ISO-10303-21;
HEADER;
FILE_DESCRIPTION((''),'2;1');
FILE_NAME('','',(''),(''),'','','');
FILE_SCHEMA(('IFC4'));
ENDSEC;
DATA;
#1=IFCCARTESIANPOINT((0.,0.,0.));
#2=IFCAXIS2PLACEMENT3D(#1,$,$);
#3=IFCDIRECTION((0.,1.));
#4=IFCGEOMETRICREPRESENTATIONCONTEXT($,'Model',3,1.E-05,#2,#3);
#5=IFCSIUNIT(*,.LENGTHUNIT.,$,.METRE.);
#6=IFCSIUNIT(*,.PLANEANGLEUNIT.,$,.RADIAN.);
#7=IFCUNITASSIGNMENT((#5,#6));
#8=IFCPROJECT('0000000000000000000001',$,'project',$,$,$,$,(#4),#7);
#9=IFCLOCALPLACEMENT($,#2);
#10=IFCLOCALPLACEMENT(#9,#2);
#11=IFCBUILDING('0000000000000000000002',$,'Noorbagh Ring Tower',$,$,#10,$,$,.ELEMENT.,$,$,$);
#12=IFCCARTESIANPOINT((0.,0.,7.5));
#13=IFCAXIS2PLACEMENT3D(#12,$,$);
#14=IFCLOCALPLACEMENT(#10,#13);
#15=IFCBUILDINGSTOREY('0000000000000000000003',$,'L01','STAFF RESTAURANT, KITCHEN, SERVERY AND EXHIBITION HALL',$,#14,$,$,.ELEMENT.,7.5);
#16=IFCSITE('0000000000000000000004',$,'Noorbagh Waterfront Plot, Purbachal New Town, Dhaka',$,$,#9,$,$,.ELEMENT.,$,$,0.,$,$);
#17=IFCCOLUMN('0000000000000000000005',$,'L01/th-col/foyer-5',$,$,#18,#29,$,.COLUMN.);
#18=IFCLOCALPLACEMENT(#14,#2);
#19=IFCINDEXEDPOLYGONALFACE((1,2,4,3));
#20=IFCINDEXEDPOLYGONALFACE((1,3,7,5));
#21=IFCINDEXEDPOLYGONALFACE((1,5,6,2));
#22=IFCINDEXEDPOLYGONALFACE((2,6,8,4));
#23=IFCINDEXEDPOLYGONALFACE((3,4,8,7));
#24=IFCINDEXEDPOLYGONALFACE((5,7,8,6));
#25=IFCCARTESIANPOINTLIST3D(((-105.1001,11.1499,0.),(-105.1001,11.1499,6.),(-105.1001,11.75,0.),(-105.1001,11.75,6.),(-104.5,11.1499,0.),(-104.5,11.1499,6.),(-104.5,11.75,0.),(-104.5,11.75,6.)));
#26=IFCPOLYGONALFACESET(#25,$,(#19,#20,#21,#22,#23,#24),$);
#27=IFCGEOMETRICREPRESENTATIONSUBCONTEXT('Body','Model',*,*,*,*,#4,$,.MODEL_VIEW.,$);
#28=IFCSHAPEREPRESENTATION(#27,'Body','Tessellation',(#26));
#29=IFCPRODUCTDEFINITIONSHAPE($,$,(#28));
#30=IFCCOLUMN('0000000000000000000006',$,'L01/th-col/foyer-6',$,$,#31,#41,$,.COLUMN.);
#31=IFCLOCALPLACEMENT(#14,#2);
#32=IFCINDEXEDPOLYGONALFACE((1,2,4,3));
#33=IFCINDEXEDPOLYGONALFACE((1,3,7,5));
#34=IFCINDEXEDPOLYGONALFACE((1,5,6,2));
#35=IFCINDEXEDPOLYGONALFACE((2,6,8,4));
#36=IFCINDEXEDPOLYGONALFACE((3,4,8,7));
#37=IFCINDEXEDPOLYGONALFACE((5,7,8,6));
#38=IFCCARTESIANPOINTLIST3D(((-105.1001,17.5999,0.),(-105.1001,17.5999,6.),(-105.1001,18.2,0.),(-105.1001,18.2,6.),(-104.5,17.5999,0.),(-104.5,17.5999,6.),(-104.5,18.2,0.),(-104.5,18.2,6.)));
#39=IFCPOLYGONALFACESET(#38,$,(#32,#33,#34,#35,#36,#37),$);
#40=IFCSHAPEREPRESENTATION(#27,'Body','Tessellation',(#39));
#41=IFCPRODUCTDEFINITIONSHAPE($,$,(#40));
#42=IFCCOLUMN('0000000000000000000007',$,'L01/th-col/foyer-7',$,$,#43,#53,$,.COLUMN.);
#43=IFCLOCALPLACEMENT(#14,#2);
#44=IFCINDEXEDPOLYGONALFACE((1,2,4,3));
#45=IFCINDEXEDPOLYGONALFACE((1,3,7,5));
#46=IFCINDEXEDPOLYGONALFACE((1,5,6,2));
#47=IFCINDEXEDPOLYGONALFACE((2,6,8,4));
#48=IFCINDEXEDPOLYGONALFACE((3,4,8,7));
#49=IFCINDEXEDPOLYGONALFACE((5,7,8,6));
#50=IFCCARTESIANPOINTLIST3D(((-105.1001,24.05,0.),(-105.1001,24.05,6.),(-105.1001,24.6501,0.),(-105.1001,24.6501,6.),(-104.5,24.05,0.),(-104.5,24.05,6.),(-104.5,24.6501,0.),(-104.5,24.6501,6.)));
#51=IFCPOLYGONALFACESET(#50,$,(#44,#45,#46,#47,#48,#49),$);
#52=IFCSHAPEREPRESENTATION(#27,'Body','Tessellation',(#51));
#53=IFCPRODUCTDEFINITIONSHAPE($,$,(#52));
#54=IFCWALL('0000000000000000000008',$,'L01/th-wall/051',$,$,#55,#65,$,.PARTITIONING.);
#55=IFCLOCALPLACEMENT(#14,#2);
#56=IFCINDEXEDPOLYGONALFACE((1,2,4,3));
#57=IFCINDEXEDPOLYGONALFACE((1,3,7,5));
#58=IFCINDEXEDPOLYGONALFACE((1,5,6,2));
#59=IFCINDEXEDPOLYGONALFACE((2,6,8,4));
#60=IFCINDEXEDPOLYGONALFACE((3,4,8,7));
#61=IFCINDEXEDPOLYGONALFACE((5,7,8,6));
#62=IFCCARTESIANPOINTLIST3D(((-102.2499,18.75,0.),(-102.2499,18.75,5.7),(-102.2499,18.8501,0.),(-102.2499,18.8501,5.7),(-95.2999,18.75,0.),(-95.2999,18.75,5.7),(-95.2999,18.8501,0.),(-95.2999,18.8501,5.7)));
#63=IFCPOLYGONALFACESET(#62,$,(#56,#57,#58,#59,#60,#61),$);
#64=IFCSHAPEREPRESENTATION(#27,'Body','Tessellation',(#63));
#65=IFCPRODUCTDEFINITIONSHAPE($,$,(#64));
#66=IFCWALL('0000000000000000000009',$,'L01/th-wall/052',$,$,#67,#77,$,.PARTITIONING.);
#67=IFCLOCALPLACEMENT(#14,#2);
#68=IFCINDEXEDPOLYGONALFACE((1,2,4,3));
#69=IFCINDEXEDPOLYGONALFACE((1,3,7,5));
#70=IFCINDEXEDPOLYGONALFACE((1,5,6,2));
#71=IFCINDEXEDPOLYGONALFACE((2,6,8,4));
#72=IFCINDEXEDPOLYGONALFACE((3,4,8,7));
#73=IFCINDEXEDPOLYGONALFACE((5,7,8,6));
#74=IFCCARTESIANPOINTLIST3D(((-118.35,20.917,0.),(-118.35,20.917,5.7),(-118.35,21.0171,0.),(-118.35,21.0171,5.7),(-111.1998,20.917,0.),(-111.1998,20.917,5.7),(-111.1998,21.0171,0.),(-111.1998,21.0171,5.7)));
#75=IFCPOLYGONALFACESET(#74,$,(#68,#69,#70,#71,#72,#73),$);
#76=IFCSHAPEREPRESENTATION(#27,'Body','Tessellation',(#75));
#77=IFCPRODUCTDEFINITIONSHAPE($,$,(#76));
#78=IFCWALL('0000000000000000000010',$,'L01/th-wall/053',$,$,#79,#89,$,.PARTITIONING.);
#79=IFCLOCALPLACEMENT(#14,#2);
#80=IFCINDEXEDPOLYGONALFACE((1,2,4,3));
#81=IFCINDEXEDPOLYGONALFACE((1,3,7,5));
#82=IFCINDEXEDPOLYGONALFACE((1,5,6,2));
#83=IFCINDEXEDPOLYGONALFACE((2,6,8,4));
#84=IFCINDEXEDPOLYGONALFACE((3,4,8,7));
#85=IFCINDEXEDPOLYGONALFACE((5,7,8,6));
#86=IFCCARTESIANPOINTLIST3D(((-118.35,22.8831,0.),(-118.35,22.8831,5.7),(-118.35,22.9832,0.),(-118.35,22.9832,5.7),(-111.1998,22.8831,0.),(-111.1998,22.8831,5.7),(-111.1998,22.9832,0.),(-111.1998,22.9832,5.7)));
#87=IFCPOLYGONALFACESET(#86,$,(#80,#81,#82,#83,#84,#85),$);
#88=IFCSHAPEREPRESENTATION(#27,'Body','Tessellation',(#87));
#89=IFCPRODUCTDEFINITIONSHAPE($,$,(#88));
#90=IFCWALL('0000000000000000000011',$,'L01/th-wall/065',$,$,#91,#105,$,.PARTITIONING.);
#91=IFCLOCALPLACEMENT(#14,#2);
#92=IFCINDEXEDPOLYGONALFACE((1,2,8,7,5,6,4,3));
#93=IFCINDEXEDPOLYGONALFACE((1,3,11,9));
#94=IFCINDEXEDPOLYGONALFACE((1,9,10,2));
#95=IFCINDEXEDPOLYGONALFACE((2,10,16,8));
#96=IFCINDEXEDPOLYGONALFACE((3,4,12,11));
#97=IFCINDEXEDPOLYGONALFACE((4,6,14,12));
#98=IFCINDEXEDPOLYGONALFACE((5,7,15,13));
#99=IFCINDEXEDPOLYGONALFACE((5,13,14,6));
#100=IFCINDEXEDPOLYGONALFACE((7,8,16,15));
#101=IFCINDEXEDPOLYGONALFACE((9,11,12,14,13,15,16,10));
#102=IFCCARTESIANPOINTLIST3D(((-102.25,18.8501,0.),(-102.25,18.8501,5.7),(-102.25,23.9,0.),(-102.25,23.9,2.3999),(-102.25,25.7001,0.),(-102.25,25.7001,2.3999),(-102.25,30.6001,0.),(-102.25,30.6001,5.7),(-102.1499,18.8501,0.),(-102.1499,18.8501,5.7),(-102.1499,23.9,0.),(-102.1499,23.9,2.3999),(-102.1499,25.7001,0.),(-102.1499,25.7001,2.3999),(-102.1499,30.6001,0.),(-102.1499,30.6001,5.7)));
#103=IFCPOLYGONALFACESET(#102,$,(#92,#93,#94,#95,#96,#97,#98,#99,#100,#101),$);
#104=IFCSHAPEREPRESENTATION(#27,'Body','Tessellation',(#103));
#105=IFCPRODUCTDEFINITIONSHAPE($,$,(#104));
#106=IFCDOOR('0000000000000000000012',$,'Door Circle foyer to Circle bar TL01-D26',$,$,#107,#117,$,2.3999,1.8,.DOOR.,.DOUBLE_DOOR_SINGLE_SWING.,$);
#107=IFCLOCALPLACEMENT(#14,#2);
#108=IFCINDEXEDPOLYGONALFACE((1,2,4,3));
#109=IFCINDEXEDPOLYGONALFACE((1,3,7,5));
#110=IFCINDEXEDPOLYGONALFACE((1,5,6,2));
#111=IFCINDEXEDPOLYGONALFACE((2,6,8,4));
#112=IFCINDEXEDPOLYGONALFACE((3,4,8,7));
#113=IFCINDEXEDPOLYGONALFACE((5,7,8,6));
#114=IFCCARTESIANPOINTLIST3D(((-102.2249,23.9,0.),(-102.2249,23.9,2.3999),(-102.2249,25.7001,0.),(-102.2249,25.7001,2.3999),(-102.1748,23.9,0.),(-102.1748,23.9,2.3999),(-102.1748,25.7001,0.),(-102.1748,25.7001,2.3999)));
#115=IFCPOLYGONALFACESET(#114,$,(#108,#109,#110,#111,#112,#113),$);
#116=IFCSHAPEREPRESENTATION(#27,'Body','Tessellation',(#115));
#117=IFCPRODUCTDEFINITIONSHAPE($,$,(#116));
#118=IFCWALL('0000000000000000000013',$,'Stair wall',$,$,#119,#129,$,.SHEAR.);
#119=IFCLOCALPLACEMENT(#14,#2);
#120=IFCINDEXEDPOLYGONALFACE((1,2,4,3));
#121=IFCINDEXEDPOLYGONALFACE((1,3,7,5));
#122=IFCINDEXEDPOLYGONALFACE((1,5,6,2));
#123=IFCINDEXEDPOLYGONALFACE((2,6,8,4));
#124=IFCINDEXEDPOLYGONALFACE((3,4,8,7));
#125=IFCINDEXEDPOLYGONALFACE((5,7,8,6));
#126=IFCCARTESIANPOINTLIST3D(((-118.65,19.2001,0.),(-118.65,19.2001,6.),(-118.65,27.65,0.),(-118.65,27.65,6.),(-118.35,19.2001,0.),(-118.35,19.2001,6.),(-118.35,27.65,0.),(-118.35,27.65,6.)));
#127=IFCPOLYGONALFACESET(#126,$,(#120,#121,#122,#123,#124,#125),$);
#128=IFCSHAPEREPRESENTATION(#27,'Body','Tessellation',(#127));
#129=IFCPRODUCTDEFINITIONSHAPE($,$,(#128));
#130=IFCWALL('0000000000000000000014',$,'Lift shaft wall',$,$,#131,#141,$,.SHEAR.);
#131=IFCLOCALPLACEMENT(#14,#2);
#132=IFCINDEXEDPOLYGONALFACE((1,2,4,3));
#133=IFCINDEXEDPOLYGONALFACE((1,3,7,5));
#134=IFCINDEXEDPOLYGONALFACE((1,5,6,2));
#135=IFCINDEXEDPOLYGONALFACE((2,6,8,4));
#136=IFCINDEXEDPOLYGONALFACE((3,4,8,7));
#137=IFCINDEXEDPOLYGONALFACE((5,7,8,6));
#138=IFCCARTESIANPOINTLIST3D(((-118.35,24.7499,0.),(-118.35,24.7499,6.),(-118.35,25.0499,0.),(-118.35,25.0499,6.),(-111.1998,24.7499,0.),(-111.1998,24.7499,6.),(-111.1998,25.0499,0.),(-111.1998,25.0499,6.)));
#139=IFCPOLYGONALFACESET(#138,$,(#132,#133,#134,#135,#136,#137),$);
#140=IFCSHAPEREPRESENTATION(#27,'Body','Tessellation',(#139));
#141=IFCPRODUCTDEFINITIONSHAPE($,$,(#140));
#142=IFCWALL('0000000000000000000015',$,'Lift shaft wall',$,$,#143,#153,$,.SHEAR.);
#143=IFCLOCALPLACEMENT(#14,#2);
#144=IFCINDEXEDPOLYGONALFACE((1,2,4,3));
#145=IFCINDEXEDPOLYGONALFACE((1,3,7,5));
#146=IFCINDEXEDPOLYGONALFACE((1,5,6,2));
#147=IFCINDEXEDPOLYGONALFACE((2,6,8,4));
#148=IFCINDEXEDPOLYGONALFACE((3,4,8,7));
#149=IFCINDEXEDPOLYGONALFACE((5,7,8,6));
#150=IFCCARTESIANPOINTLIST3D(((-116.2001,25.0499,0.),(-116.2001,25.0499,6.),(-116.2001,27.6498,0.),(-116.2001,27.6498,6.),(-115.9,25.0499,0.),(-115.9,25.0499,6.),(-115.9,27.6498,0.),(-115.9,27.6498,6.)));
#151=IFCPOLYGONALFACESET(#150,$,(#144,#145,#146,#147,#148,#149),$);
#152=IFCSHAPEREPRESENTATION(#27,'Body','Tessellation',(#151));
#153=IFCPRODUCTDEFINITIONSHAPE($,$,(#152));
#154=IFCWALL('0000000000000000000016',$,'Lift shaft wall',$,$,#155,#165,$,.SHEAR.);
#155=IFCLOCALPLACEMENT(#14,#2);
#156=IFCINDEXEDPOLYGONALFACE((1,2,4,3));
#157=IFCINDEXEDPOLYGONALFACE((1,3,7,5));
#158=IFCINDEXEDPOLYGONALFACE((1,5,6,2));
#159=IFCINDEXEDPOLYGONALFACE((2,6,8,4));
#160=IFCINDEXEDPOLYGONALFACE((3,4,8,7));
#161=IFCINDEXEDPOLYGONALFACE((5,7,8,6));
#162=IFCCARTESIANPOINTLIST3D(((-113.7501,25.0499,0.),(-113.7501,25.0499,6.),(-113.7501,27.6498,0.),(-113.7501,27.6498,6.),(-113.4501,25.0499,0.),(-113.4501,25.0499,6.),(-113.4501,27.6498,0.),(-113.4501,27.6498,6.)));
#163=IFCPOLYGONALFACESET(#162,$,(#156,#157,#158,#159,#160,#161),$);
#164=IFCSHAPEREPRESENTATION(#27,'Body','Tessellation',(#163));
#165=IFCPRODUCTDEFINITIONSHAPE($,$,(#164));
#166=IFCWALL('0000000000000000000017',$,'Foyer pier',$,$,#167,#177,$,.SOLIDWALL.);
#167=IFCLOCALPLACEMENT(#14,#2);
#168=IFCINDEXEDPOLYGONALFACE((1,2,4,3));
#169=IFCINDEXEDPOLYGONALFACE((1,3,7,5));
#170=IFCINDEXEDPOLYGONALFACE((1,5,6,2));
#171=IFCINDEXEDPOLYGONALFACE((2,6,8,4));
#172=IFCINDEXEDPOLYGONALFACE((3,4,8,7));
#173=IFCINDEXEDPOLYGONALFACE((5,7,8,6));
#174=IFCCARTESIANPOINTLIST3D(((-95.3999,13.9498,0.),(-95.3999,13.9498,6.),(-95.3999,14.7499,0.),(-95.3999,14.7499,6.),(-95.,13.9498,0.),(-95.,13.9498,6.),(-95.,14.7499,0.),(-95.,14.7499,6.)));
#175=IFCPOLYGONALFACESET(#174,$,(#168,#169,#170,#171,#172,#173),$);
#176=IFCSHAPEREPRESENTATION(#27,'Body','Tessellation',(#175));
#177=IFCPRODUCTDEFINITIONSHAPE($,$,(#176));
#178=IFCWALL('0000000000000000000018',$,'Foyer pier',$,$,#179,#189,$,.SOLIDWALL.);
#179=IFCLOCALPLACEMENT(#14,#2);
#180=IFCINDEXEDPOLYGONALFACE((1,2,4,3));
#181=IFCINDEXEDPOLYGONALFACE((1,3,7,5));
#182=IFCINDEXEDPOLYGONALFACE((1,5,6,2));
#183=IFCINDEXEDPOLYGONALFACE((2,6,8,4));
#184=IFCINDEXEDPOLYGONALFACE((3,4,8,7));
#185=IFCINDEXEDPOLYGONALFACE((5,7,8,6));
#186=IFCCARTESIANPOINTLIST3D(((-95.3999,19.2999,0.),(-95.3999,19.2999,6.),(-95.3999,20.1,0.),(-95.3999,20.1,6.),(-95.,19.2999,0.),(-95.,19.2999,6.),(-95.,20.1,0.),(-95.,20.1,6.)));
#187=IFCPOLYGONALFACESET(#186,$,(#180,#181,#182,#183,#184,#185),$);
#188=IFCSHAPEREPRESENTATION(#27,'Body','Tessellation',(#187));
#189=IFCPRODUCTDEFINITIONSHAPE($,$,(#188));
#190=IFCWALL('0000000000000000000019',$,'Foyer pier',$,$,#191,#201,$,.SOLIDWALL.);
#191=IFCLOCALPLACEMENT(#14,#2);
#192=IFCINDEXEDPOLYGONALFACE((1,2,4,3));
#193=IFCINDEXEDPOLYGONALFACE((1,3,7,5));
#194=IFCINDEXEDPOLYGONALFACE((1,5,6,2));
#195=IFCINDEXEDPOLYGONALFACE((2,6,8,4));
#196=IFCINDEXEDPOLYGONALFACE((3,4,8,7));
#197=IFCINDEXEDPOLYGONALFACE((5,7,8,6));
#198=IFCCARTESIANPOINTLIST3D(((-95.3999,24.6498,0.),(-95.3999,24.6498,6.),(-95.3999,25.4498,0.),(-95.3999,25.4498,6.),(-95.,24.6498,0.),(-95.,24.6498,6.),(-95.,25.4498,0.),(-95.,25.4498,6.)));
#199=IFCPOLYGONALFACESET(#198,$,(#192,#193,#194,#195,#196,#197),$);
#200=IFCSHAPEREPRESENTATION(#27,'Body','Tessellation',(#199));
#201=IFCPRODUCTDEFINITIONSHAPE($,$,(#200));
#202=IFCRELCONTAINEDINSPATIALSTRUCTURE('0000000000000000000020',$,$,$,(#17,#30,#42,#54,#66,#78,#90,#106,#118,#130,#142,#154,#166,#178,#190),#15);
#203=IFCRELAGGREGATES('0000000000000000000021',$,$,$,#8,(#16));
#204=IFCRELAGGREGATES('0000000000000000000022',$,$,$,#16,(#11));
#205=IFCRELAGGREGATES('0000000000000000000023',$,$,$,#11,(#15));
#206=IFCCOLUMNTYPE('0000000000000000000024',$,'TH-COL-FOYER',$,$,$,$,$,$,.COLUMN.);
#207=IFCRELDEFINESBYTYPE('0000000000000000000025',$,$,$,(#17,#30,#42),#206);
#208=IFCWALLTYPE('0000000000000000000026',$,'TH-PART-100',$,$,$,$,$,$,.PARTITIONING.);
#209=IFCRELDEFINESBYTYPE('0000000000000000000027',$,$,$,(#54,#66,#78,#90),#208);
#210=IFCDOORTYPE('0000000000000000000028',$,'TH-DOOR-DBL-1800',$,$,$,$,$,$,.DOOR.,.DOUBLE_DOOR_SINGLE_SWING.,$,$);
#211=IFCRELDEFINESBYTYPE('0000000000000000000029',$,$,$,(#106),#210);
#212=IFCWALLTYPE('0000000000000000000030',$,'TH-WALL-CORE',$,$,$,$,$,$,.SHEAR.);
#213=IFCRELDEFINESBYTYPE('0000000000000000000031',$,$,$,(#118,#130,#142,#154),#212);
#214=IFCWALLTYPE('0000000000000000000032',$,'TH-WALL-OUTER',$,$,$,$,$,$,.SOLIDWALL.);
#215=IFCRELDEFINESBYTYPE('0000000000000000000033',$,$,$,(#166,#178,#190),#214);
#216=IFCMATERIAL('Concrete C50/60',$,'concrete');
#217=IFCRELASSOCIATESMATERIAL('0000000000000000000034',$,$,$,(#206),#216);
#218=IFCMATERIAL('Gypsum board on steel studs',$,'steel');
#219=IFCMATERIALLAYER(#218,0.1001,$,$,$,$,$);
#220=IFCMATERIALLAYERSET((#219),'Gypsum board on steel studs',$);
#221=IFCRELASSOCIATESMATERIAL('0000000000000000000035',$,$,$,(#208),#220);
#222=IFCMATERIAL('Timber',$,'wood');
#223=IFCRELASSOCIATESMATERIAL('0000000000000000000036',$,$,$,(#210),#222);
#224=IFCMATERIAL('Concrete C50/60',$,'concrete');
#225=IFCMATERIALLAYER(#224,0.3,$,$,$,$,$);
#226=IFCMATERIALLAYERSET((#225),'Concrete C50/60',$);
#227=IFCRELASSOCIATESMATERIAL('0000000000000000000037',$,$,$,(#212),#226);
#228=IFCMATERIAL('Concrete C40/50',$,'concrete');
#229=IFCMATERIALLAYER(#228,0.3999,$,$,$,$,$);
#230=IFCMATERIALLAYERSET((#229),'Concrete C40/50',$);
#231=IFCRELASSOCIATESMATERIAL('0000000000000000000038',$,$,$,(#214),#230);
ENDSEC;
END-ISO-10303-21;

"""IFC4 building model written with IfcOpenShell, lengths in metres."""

from ifc_helpers import new_model, si_unit, direction, frame, frame_2d, origin, origin_2d, place, context, subcontext, project, spatial, rectangle, extrude, material, layer, layer_set, material_profile, profile_set, type_object, element, fill, save


model = new_model("IFC4")

# Units and contexts
model_context = context("Model", 3, precision=1e-05, world=origin(), true_north=direction((0.0, 1.0)))
body_context = subcontext(model_context, "Body", "Model", "MODEL_VIEW")
ifc_project = project(units=[si_unit("LENGTHUNIT", "METRE"), si_unit("PLANEANGLEUNIT", "RADIAN")], contexts=[model_context])

# Site, building, storey
site_placement = place(None, origin())
site = spatial("IfcSite", under=ifc_project, at=site_placement, Name="Noorbagh Waterfront Plot, Purbachal New Town, Dhaka", CompositionType="ELEMENT", RefElevation=0.0)
building_placement = place(site_placement, origin())
building = spatial("IfcBuilding", under=site, at=building_placement, Name="Noorbagh Ring Tower", CompositionType="ELEMENT")
storey_placement = place(building_placement, frame((0.0, 0.0, 7.5)))
storey = spatial("IfcBuildingStorey", under=building, at=storey_placement, Name="L01", Description="STAFF RESTAURANT, KITCHEN, SERVERY AND EXHIBITION HALL", CompositionType="ELEMENT", Elevation=7.5)

# Columns
ifc_material_1 = material(Name="Concrete C50/60", Category="concrete")
ifc_material_profile = material_profile(ifc_material_1, rectangle(XDim=0.6001, YDim=0.6001, at=origin_2d()), Name="RC600x600")
ifc_profile_set = profile_set([ifc_material_profile], Name="Concrete C50/60")
column_type = type_object("IfcColumnType", Name="TH-COL-FOYER", PredefinedType="COLUMN", material=ifc_profile_set)
for number, where, z_axis, x_axis, name in (
    (1, (-104.8, 11.45, 0.0), (0.0, 0.0, 1.0), (1.0, 0.0, 0.0), "L01/th-col/foyer-5"),
    (2, (-104.8, 17.8999, 0.0), (0.0, 0.0, 1.0), (1.0, 0.0, 0.0), "L01/th-col/foyer-6"),
    (3, (-104.8, 24.3501, 0.0), (0.0, 0.0, 1.0), (1.0, 0.0, 0.0), "L01/th-col/foyer-7"),
):
    element("IfcColumn", number, at=place(storey_placement, frame(where, z_axis=z_axis, x_axis=x_axis)), inside=storey, type_object=column_type, Name=name, PredefinedType="COLUMN", context=body_context, shape_type="SweptSolid", body=[
        extrude(rectangle(XDim=0.6001, YDim=0.6001, at=origin_2d()), origin(), (0.0, 0.0, 1.0), 6.0),
    ])

# Walls
ifc_material_2 = material(Name="Gypsum board on steel studs", Category="steel")
ifc_layer_1 = layer(ifc_material_2, 0.1001)
ifc_layer_set_1 = layer_set([ifc_layer_1], Name="Gypsum board on steel studs")
wall_type_1 = type_object("IfcWallType", Name="TH-PART-100", PredefinedType="PARTITIONING", material=ifc_layer_set_1)
wall_1_placement = place(storey_placement, frame((-102.25, 18.8, 0.0), z_axis=(0.0, 0.0, 1.0), x_axis=(1.0, 0.0, 0.0)))
element("IfcWall", 4, at=wall_1_placement, inside=storey, type_object=wall_type_1, Name="L01/th-wall/051", PredefinedType="PARTITIONING", context=body_context, shape_type="SweptSolid", body=[
    extrude(rectangle(XDim=6.95, YDim=0.1001, at=frame_2d((3.4751, 0.0))), origin(), (0.0, 0.0, 1.0), 5.7),
])
for number, where, z_axis, x_axis, name in (
    (5, (-118.3501, 20.967, 0.0), (0.0, 0.0, 1.0), (1.0, 0.0, 0.0), "L01/th-wall/052"),
    (6, (-118.3501, 22.9331, 0.0), (0.0, 0.0, 1.0), (1.0, 0.0, 0.0), "L01/th-wall/053"),
):
    element("IfcWall", number, at=place(storey_placement, frame(where, z_axis=z_axis, x_axis=x_axis)), inside=storey, type_object=wall_type_1, Name=name, PredefinedType="PARTITIONING", context=body_context, shape_type="SweptSolid", body=[
        extrude(rectangle(XDim=7.1501, YDim=0.1001, at=frame_2d((3.5752, 0.0))), origin(), (0.0, 0.0, 1.0), 5.7),
    ])

# Wall, opening, door
wall_2_placement = place(storey_placement, frame((-102.2, 18.8501, 0.0), z_axis=(0.0, 0.0, 1.0), x_axis=(0.0, 1.0, 0.0)))
wall_2 = element("IfcWall", 7, at=wall_2_placement, inside=storey, type_object=wall_type_1, Name="L01/th-wall/065", PredefinedType="PARTITIONING", context=body_context, shape_type="SweptSolid", body=[
    extrude(rectangle(XDim=11.75, YDim=0.1001, at=frame_2d((5.875, 0.0))), origin(), (0.0, 0.0, 1.0), 5.7),
])
opening_placement = place(wall_2_placement, frame((5.05, 0.0, 0.0)))
opening = element("IfcOpeningElement", 8, at=opening_placement, cuts=wall_2, PredefinedType="OPENING", context=body_context, shape_type="SweptSolid", body=[
    extrude(rectangle(XDim=1.8, YDim=2.3999, at=frame_2d((0.8999, 1.2))), frame((0.0, 0.0601, 0.0), z_axis=(0.0, -1.0, 0.0), x_axis=(1.0, 0.0, 0.0)), (0.0, 0.0, 1.0), 0.1201),
])
ifc_material_3 = material(Name="Timber", Category="wood")
door_type = type_object("IfcDoorType", Name="TH-DOOR-DBL-1800", OperationType="DOUBLE_DOOR_SINGLE_SWING", PredefinedType="DOOR", material=ifc_material_3)
door_placement = place(opening_placement, origin())
door = element("IfcDoor", 9, at=door_placement, inside=storey, type_object=door_type, Name="Door Circle foyer to Circle bar TL01-D26", OperationType="DOUBLE_DOOR_SINGLE_SWING", OverallHeight=2.3999, OverallWidth=1.8, PredefinedType="DOOR", context=body_context, shape_type="SweptSolid", body=[
    extrude(rectangle(XDim=1.8, YDim=2.3999, at=frame_2d((0.8999, 1.2))), frame((0.0, 0.0249, 0.0), z_axis=(0.0, -1.0, 0.0), x_axis=(1.0, 0.0, 0.0)), (0.0, 0.0, 1.0), 0.05),
])
fill(opening, door)

# Walls
ifc_material_4 = material(Name="Concrete C50/60", Category="concrete")
ifc_layer_2 = layer(ifc_material_4, 0.3)
ifc_layer_set_2 = layer_set([ifc_layer_2], Name="Concrete C50/60")
wall_type_2 = type_object("IfcWallType", Name="TH-WALL-CORE", PredefinedType="SHEAR", material=ifc_layer_set_2)
wall_3_placement = place(storey_placement, frame((-118.5, 19.2, 0.0), z_axis=(0.0, 0.0, 1.0), x_axis=(0.0, 1.0, 0.0)))
element("IfcWall", 10, at=wall_3_placement, inside=storey, type_object=wall_type_2, Name="Stair wall", PredefinedType="SHEAR", context=body_context, shape_type="SweptSolid", body=[
    extrude(rectangle(XDim=8.45, YDim=0.3, at=frame_2d((4.2251, 0.0))), origin(), (0.0, 0.0, 1.0), 6.0),
])
wall_4_placement = place(storey_placement, frame((-118.3501, 24.8999, 0.0), z_axis=(0.0, 0.0, 1.0), x_axis=(1.0, 0.0, 0.0)))
element("IfcWall", 11, at=wall_4_placement, inside=storey, type_object=wall_type_2, Name="Lift shaft wall", PredefinedType="SHEAR", context=body_context, shape_type="SweptSolid", body=[
    extrude(rectangle(XDim=7.1501, YDim=0.3, at=frame_2d((3.5752, 0.0))), origin(), (0.0, 0.0, 1.0), 6.0),
])
for number, where, z_axis, x_axis, name in (
    (12, (-116.05, 25.05, 0.0), (0.0, 0.0, 1.0), (0.0, 1.0, 0.0), "Lift shaft wall"),
    (13, (-113.6001, 25.05, 0.0), (0.0, 0.0, 1.0), (0.0, 1.0, 0.0), "Lift shaft wall"),
):
    element("IfcWall", number, at=place(storey_placement, frame(where, z_axis=z_axis, x_axis=x_axis)), inside=storey, type_object=wall_type_2, Name=name, PredefinedType="SHEAR", context=body_context, shape_type="SweptSolid", body=[
        extrude(rectangle(XDim=2.5999, YDim=0.3, at=frame_2d((1.2998, 0.0))), origin(), (0.0, 0.0, 1.0), 6.0),
    ])
ifc_material_5 = material(Name="Concrete C40/50", Category="concrete")
ifc_layer_3 = layer(ifc_material_5, 0.3999)
ifc_layer_set_3 = layer_set([ifc_layer_3], Name="Concrete C40/50")
wall_type_3 = type_object("IfcWallType", Name="TH-WALL-OUTER", PredefinedType="SOLIDWALL", material=ifc_layer_set_3)
for number, where, z_axis, x_axis, name in (
    (14, (-95.2, 13.95, 0.0), (0.0, 0.0, 1.0), (0.0, 1.0, 0.0), "Foyer pier"),
    (15, (-95.2, 19.3, 0.0), (0.0, 0.0, 1.0), (0.0, 1.0, 0.0), "Foyer pier"),
    (16, (-95.2, 24.6499, 0.0), (0.0, 0.0, 1.0), (0.0, 1.0, 0.0), "Foyer pier"),
):
    element("IfcWall", number, at=place(storey_placement, frame(where, z_axis=z_axis, x_axis=x_axis)), inside=storey, type_object=wall_type_3, Name=name, PredefinedType="SOLIDWALL", context=body_context, shape_type="SweptSolid", body=[
        extrude(rectangle(XDim=0.8, YDim=0.3999, at=frame_2d((0.3999, 0.0))), origin(), (0.0, 0.0, 1.0), 6.0),
    ])

save(model, "model.ifc")
